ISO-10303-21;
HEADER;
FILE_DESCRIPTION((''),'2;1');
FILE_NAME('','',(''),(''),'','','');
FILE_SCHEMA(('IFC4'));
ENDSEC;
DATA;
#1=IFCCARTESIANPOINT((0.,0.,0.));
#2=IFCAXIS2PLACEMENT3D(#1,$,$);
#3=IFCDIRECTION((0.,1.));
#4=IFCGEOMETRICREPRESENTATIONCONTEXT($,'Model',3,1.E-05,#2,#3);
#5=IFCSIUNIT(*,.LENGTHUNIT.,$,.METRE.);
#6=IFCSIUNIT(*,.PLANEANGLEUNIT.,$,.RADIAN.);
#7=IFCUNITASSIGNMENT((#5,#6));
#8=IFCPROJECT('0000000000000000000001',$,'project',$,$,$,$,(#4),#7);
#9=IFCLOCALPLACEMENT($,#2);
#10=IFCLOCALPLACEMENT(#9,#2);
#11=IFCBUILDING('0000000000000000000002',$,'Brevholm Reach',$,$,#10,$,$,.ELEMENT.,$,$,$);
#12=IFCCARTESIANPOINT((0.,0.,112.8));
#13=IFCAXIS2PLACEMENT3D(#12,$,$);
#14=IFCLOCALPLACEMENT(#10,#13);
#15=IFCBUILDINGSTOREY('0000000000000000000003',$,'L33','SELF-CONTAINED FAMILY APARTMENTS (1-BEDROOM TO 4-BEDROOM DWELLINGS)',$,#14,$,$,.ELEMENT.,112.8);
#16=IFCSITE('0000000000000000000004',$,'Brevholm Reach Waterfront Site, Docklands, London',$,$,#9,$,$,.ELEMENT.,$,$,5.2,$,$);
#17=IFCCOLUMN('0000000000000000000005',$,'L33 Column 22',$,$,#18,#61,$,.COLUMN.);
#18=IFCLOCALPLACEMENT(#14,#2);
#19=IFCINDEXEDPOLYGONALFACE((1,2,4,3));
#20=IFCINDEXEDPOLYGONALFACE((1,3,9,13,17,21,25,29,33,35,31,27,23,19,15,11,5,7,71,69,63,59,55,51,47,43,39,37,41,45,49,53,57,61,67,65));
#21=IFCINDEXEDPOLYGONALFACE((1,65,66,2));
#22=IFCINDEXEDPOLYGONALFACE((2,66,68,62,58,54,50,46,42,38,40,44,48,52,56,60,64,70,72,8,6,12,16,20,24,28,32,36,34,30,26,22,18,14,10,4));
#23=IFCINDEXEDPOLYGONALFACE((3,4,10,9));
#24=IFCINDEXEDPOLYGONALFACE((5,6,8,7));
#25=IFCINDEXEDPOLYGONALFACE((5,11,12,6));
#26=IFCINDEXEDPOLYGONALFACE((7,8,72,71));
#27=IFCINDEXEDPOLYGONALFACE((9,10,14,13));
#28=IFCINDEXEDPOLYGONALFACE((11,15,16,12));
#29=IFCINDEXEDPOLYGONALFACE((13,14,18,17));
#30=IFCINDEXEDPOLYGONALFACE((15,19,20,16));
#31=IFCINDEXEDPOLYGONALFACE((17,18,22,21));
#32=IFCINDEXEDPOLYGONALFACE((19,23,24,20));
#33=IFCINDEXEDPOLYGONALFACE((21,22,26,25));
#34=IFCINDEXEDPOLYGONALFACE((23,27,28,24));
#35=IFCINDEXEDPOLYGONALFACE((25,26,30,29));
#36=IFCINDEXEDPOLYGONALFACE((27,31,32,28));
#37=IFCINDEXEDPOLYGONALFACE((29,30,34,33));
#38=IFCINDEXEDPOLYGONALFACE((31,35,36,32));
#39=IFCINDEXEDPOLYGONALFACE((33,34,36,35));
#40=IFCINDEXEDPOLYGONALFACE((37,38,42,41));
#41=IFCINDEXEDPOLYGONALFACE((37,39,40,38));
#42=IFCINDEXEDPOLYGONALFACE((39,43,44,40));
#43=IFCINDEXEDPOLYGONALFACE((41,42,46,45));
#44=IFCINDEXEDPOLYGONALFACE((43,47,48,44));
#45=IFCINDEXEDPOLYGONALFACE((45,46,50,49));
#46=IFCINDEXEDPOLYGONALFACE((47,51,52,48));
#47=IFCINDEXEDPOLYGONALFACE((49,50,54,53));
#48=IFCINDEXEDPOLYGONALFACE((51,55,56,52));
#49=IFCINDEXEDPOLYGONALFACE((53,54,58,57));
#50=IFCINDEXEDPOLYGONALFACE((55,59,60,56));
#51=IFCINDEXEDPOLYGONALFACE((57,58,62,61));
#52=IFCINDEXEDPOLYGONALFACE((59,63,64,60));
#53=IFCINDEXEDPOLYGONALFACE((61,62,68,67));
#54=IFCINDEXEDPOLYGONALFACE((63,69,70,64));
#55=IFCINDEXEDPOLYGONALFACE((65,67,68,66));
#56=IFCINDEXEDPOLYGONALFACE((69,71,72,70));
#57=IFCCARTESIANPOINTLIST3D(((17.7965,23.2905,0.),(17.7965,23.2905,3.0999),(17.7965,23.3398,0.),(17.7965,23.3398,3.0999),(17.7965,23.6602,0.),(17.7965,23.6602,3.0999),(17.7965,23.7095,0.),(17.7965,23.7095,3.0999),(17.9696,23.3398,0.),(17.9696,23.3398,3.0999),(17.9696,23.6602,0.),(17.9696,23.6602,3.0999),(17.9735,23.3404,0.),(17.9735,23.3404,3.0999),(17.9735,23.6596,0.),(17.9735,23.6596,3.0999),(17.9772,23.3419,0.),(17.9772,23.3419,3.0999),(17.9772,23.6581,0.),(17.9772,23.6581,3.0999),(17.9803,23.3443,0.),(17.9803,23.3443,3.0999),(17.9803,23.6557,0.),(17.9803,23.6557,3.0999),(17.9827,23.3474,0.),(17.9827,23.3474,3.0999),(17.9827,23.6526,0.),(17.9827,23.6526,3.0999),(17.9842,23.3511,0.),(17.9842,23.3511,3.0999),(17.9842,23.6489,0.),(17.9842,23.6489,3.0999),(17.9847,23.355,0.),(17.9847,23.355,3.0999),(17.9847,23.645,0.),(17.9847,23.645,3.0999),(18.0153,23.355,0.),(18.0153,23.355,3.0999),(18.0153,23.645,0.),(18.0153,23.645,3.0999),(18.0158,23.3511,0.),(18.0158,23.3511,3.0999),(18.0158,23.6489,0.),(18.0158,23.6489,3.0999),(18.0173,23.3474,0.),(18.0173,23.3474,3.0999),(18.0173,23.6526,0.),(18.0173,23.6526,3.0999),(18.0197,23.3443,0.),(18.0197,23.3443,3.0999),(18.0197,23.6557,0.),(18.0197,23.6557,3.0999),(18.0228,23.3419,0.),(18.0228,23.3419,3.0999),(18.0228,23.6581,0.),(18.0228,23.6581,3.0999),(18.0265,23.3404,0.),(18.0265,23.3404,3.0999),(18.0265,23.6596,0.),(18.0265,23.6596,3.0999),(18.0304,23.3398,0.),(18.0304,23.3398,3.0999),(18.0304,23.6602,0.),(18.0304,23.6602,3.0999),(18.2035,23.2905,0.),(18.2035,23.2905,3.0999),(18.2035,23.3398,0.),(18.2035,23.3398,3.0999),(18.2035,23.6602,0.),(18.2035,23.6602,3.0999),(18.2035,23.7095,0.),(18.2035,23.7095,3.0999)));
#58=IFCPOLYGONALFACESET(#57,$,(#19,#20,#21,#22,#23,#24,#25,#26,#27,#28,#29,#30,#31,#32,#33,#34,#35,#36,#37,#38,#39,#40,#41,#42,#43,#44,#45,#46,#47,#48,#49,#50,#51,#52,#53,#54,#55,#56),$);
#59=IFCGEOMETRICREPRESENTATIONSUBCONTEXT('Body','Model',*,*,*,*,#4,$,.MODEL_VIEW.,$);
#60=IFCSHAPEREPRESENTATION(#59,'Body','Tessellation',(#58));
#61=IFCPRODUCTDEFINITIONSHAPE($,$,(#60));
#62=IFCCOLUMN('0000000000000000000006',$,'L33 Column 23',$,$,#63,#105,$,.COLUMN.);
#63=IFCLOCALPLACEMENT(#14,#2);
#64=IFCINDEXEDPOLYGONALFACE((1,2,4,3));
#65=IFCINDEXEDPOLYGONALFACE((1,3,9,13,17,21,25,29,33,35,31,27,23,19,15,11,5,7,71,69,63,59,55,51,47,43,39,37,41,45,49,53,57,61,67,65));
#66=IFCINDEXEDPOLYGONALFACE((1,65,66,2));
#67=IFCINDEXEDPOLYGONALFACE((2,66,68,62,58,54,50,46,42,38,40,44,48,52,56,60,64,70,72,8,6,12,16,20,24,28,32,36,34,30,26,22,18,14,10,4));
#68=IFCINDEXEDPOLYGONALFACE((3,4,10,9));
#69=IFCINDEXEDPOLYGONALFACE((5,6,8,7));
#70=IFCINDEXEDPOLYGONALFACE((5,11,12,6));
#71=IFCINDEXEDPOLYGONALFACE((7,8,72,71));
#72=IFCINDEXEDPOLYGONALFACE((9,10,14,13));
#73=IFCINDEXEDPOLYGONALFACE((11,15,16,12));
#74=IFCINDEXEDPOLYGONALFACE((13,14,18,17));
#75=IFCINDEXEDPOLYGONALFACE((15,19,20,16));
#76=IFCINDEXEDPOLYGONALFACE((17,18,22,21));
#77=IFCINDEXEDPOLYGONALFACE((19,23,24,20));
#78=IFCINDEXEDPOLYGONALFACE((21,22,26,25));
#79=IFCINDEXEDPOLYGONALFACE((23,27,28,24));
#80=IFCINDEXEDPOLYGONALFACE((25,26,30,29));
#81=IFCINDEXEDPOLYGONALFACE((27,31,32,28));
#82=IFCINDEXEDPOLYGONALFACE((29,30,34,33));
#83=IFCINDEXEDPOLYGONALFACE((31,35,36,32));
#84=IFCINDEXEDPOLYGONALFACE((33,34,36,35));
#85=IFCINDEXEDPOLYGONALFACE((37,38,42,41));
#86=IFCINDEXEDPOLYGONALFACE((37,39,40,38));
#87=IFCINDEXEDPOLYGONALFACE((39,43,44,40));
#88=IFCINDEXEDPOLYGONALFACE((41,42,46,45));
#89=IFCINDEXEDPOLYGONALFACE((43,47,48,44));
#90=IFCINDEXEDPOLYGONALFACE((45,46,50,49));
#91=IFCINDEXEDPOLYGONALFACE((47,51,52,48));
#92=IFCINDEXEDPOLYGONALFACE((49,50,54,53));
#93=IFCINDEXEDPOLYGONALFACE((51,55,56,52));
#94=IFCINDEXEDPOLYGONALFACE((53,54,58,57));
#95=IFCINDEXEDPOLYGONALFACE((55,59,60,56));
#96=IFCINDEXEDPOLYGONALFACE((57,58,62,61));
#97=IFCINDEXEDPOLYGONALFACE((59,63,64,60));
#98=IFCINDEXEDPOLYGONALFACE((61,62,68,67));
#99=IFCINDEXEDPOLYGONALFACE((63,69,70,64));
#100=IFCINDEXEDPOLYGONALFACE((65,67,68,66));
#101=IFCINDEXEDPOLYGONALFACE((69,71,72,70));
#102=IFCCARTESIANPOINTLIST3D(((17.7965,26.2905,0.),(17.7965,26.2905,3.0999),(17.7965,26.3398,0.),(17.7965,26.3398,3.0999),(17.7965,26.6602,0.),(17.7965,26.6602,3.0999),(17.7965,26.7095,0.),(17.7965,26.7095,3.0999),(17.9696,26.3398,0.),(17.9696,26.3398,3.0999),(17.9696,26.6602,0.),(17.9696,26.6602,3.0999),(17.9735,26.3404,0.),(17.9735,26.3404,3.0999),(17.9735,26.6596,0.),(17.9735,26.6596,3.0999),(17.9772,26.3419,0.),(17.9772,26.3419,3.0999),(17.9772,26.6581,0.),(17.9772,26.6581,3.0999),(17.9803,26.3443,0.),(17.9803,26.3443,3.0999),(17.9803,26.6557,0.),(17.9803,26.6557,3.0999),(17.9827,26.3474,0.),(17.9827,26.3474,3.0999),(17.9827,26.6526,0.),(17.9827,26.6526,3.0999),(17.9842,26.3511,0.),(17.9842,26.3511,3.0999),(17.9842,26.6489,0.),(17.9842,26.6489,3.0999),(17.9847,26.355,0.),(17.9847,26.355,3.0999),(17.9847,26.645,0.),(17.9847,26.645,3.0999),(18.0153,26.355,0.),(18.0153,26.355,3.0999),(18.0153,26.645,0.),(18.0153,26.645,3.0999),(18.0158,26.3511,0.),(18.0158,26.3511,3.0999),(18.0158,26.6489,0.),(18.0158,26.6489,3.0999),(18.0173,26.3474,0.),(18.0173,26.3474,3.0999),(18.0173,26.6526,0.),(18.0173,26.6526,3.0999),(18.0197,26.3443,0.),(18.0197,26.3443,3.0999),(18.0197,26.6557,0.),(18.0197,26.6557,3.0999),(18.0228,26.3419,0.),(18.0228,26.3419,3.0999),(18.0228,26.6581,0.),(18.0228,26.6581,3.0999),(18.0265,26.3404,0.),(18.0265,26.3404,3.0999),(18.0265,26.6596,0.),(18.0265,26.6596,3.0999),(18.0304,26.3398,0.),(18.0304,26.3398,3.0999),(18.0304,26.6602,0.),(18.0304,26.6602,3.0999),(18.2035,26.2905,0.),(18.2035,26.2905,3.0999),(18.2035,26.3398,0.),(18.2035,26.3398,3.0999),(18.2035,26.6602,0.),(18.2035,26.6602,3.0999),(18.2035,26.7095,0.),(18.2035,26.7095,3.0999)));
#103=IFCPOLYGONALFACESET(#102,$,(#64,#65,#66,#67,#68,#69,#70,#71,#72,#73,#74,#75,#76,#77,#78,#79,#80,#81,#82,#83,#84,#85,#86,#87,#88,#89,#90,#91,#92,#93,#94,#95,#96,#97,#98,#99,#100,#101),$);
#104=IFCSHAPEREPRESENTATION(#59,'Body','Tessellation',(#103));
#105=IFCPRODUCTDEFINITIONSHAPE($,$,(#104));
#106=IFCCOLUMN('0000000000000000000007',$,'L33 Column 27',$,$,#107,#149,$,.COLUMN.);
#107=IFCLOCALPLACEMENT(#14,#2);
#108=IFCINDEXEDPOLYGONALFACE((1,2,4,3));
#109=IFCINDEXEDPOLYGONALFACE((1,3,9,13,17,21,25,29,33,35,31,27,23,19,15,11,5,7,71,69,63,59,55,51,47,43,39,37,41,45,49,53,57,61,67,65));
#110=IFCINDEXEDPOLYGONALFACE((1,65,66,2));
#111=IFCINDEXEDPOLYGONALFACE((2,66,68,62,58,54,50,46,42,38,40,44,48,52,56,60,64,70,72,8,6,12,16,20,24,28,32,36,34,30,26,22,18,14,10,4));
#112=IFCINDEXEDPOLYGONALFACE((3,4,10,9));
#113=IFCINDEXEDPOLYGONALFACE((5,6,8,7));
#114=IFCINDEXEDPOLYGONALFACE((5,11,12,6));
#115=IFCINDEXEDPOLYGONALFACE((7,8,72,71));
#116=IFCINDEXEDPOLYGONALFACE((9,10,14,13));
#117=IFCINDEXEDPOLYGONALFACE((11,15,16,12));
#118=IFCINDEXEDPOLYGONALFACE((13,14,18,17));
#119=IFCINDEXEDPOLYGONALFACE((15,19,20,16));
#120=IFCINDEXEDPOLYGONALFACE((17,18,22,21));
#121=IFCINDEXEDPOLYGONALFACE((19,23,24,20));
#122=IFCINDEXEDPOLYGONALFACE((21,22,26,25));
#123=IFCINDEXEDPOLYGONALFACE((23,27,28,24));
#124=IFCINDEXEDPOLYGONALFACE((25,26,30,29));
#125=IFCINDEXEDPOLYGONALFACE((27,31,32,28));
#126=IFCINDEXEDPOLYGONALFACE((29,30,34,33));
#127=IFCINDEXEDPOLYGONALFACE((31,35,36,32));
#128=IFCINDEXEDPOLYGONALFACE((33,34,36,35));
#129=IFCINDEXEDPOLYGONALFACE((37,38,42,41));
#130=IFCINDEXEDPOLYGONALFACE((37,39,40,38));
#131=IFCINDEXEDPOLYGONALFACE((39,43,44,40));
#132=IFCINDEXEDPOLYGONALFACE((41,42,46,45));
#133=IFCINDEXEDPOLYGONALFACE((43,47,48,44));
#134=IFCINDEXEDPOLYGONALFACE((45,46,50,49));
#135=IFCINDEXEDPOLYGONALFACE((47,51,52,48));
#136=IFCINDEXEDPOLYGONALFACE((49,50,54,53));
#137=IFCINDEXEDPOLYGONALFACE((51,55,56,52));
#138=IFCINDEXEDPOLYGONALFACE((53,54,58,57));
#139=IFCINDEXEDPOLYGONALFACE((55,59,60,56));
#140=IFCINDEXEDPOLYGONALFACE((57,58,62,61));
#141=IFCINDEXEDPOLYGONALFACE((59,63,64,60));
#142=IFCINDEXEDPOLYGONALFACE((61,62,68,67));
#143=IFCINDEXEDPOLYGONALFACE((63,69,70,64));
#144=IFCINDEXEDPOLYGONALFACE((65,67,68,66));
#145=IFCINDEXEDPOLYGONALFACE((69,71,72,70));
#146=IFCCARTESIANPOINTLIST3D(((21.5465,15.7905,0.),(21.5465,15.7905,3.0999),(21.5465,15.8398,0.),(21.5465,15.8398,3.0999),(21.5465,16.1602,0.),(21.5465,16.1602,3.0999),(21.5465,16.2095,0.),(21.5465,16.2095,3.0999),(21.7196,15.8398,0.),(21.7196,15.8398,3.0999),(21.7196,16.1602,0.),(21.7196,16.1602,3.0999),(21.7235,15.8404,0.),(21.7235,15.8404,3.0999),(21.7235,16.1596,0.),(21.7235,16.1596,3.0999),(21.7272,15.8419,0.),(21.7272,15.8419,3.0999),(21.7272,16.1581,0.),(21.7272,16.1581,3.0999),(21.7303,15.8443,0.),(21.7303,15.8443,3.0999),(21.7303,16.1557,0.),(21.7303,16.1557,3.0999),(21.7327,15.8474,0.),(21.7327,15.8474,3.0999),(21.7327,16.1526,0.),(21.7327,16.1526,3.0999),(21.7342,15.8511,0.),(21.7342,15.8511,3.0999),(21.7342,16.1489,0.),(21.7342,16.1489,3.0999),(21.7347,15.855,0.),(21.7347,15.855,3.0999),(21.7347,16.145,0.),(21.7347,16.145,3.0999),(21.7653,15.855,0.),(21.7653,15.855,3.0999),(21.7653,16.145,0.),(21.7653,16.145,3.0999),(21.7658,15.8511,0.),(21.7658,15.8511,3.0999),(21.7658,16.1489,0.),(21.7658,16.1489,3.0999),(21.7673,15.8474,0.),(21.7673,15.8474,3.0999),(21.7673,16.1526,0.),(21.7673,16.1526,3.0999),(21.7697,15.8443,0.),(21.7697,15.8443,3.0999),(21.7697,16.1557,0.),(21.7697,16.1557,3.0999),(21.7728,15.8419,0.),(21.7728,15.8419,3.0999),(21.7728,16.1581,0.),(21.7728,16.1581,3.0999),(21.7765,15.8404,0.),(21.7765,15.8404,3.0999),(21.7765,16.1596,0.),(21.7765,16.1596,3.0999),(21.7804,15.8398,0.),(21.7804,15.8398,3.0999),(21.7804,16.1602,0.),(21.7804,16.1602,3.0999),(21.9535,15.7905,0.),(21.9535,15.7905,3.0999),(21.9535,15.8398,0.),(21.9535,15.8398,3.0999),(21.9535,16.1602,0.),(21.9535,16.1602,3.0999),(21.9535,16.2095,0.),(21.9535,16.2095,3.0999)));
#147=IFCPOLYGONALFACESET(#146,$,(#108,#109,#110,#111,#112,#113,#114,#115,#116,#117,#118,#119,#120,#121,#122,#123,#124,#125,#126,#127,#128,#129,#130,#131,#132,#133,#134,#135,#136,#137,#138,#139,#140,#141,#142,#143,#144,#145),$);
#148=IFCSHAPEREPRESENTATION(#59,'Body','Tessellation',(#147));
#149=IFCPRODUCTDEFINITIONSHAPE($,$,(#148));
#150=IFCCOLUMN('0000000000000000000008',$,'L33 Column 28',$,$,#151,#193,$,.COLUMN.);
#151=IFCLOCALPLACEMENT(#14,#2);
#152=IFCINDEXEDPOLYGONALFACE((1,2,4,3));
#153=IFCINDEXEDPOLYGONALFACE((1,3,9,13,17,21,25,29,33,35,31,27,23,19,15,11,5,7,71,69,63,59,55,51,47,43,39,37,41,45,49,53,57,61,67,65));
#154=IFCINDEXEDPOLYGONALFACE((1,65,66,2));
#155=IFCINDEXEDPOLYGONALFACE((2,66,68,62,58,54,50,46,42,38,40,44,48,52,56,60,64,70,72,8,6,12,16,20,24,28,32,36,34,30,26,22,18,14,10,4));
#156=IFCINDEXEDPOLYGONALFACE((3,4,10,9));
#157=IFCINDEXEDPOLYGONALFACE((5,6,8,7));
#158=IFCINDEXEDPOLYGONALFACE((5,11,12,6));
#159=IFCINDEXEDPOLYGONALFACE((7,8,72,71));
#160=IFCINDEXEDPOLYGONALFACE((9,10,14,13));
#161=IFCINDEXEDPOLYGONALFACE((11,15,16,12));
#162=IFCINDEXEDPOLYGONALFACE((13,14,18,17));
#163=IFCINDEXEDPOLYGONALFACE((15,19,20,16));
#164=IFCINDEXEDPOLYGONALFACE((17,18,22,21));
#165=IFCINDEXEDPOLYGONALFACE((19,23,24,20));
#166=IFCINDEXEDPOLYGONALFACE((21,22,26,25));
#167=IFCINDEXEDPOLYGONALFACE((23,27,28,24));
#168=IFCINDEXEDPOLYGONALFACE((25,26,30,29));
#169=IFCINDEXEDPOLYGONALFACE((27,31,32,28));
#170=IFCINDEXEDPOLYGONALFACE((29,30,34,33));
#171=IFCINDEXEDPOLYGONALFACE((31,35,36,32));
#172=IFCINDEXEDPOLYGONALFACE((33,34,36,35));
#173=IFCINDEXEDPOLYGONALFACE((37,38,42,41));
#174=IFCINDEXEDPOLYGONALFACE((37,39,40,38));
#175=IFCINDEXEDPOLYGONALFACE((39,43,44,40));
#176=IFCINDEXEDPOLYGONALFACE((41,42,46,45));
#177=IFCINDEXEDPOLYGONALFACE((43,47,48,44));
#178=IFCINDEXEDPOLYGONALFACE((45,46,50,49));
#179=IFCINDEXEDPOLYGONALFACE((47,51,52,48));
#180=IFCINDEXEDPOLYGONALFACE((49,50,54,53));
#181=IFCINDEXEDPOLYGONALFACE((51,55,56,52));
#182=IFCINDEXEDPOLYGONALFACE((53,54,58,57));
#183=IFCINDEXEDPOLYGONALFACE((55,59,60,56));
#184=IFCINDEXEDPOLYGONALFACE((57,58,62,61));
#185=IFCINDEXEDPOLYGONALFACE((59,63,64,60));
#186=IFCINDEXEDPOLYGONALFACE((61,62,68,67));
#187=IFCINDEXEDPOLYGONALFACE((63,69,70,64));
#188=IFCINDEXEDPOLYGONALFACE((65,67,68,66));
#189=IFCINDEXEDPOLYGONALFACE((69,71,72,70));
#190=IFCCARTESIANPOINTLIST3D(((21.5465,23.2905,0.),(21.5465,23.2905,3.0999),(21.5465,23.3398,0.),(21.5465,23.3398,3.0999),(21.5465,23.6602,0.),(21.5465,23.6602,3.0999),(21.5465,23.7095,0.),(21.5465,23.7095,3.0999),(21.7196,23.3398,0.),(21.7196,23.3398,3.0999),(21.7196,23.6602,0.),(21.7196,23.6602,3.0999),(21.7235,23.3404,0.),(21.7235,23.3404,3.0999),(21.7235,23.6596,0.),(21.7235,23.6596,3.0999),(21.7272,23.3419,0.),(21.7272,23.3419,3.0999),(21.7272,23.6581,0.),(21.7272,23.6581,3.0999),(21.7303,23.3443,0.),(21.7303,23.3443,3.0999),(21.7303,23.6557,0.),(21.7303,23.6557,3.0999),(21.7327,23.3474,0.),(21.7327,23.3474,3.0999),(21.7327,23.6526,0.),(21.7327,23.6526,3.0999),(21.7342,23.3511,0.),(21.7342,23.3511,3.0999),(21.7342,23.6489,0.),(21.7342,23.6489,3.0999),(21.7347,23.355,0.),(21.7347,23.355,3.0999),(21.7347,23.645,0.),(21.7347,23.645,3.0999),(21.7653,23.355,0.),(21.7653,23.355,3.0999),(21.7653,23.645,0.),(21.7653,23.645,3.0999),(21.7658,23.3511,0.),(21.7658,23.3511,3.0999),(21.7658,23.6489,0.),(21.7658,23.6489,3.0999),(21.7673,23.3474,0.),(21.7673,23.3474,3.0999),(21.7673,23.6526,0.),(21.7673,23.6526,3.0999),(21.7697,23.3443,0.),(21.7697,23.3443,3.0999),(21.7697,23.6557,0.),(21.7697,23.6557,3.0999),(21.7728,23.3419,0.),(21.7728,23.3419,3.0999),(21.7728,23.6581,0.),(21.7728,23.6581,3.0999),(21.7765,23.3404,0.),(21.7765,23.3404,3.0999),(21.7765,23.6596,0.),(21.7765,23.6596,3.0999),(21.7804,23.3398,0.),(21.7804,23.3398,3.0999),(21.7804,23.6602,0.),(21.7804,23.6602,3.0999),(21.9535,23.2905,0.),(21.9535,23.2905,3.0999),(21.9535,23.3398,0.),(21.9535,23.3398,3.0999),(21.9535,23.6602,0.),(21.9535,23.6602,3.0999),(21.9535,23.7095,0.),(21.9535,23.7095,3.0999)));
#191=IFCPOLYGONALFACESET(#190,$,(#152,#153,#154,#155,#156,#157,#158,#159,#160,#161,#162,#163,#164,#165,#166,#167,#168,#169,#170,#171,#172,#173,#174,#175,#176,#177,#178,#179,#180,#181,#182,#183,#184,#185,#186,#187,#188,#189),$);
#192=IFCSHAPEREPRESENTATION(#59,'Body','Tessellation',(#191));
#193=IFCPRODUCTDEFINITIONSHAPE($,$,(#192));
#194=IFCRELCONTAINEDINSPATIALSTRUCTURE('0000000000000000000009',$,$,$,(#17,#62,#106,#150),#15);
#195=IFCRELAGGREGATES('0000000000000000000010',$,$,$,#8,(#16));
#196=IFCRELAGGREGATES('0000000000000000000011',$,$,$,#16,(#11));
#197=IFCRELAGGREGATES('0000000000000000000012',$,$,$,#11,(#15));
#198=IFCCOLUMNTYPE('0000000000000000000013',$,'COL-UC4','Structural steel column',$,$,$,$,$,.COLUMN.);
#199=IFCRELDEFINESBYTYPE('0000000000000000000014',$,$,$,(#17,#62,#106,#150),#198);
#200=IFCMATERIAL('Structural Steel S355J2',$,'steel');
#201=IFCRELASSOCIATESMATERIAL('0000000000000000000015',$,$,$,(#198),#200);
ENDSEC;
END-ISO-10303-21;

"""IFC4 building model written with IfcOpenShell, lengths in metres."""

from ifc_helpers import new_model, si_unit, direction, frame, origin, origin_2d, place, context, subcontext, project, spatial, i_section, extrude, material, material_profile, profile_set, type_object, element, save


model = new_model("IFC4")

# Units and contexts
model_context = context("Model", 3, precision=1e-05, world=origin(), true_north=direction((0.0, 1.0)))
body_context = subcontext(model_context, "Body", "Model", "MODEL_VIEW")
ifc_project = project(units=[si_unit("LENGTHUNIT", "METRE"), si_unit("PLANEANGLEUNIT", "RADIAN")], contexts=[model_context])

# Site, building, storey
site_placement = place(None, origin())
site = spatial("IfcSite", under=ifc_project, at=site_placement, Name="Brevholm Reach Waterfront Site, Docklands, London", CompositionType="ELEMENT", RefElevation=5.2)
building_placement = place(site_placement, origin())
building = spatial("IfcBuilding", under=site, at=building_placement, Name="Brevholm Reach", CompositionType="ELEMENT")
storey_placement = place(building_placement, frame((0.0, 0.0, 112.8)))
storey = spatial("IfcBuildingStorey", under=building, at=storey_placement, Name="L33", Description="SELF-CONTAINED FAMILY APARTMENTS (1-BEDROOM TO 4-BEDROOM DWELLINGS)", CompositionType="ELEMENT", Elevation=112.8)

# Columns
ifc_material_1 = material(Name="Structural Steel S355J2", Category="steel")
ifc_material_profile_1 = material_profile(ifc_material_1, i_section(OverallWidth=0.407, OverallDepth=0.4189, WebThickness=0.0305, FlangeThickness=0.0493, FilletRadius=0.0151, at=origin_2d()), Name="UKC 356x406x393")
ifc_profile_set_1 = profile_set([ifc_material_profile_1], Name="Structural Steel S355J2")
column_type_1 = type_object("IfcColumnType", Name="COL-UC4", Description="Structural steel column", PredefinedType="COLUMN", material=ifc_profile_set_1)
for number, where, z_axis, x_axis, name in (
    (1, (18.0, 23.5, 0.0), (0.0, 0.0, 1.0), (1.0, 0.0, 0.0), "L33 Column 22"),
    (2, (18.0, 26.5, 0.0), (0.0, 0.0, 1.0), (1.0, 0.0, 0.0), "L33 Column 23"),
    (3, (21.75, 16.0, 0.0), (0.0, 0.0, 1.0), (1.0, 0.0, 0.0), "L33 Column 27"),
    (4, (21.75, 23.5, 0.0), (0.0, 0.0, 1.0), (1.0, 0.0, 0.0), "L33 Column 28"),
):
    element("IfcColumn", number, at=place(storey_placement, frame(where, z_axis=z_axis, x_axis=x_axis)), inside=storey, type_object=column_type_1, Name=name, PredefinedType="COLUMN", context=body_context, shape_type="SweptSolid", body=[
        extrude(i_section(OverallWidth=0.407, OverallDepth=0.4189, WebThickness=0.0305, FlangeThickness=0.0493, FilletRadius=0.0151, at=origin_2d()), origin(), (0.0, 0.0, 1.0), 3.0999),
    ])

save(model, "model.ifc")
